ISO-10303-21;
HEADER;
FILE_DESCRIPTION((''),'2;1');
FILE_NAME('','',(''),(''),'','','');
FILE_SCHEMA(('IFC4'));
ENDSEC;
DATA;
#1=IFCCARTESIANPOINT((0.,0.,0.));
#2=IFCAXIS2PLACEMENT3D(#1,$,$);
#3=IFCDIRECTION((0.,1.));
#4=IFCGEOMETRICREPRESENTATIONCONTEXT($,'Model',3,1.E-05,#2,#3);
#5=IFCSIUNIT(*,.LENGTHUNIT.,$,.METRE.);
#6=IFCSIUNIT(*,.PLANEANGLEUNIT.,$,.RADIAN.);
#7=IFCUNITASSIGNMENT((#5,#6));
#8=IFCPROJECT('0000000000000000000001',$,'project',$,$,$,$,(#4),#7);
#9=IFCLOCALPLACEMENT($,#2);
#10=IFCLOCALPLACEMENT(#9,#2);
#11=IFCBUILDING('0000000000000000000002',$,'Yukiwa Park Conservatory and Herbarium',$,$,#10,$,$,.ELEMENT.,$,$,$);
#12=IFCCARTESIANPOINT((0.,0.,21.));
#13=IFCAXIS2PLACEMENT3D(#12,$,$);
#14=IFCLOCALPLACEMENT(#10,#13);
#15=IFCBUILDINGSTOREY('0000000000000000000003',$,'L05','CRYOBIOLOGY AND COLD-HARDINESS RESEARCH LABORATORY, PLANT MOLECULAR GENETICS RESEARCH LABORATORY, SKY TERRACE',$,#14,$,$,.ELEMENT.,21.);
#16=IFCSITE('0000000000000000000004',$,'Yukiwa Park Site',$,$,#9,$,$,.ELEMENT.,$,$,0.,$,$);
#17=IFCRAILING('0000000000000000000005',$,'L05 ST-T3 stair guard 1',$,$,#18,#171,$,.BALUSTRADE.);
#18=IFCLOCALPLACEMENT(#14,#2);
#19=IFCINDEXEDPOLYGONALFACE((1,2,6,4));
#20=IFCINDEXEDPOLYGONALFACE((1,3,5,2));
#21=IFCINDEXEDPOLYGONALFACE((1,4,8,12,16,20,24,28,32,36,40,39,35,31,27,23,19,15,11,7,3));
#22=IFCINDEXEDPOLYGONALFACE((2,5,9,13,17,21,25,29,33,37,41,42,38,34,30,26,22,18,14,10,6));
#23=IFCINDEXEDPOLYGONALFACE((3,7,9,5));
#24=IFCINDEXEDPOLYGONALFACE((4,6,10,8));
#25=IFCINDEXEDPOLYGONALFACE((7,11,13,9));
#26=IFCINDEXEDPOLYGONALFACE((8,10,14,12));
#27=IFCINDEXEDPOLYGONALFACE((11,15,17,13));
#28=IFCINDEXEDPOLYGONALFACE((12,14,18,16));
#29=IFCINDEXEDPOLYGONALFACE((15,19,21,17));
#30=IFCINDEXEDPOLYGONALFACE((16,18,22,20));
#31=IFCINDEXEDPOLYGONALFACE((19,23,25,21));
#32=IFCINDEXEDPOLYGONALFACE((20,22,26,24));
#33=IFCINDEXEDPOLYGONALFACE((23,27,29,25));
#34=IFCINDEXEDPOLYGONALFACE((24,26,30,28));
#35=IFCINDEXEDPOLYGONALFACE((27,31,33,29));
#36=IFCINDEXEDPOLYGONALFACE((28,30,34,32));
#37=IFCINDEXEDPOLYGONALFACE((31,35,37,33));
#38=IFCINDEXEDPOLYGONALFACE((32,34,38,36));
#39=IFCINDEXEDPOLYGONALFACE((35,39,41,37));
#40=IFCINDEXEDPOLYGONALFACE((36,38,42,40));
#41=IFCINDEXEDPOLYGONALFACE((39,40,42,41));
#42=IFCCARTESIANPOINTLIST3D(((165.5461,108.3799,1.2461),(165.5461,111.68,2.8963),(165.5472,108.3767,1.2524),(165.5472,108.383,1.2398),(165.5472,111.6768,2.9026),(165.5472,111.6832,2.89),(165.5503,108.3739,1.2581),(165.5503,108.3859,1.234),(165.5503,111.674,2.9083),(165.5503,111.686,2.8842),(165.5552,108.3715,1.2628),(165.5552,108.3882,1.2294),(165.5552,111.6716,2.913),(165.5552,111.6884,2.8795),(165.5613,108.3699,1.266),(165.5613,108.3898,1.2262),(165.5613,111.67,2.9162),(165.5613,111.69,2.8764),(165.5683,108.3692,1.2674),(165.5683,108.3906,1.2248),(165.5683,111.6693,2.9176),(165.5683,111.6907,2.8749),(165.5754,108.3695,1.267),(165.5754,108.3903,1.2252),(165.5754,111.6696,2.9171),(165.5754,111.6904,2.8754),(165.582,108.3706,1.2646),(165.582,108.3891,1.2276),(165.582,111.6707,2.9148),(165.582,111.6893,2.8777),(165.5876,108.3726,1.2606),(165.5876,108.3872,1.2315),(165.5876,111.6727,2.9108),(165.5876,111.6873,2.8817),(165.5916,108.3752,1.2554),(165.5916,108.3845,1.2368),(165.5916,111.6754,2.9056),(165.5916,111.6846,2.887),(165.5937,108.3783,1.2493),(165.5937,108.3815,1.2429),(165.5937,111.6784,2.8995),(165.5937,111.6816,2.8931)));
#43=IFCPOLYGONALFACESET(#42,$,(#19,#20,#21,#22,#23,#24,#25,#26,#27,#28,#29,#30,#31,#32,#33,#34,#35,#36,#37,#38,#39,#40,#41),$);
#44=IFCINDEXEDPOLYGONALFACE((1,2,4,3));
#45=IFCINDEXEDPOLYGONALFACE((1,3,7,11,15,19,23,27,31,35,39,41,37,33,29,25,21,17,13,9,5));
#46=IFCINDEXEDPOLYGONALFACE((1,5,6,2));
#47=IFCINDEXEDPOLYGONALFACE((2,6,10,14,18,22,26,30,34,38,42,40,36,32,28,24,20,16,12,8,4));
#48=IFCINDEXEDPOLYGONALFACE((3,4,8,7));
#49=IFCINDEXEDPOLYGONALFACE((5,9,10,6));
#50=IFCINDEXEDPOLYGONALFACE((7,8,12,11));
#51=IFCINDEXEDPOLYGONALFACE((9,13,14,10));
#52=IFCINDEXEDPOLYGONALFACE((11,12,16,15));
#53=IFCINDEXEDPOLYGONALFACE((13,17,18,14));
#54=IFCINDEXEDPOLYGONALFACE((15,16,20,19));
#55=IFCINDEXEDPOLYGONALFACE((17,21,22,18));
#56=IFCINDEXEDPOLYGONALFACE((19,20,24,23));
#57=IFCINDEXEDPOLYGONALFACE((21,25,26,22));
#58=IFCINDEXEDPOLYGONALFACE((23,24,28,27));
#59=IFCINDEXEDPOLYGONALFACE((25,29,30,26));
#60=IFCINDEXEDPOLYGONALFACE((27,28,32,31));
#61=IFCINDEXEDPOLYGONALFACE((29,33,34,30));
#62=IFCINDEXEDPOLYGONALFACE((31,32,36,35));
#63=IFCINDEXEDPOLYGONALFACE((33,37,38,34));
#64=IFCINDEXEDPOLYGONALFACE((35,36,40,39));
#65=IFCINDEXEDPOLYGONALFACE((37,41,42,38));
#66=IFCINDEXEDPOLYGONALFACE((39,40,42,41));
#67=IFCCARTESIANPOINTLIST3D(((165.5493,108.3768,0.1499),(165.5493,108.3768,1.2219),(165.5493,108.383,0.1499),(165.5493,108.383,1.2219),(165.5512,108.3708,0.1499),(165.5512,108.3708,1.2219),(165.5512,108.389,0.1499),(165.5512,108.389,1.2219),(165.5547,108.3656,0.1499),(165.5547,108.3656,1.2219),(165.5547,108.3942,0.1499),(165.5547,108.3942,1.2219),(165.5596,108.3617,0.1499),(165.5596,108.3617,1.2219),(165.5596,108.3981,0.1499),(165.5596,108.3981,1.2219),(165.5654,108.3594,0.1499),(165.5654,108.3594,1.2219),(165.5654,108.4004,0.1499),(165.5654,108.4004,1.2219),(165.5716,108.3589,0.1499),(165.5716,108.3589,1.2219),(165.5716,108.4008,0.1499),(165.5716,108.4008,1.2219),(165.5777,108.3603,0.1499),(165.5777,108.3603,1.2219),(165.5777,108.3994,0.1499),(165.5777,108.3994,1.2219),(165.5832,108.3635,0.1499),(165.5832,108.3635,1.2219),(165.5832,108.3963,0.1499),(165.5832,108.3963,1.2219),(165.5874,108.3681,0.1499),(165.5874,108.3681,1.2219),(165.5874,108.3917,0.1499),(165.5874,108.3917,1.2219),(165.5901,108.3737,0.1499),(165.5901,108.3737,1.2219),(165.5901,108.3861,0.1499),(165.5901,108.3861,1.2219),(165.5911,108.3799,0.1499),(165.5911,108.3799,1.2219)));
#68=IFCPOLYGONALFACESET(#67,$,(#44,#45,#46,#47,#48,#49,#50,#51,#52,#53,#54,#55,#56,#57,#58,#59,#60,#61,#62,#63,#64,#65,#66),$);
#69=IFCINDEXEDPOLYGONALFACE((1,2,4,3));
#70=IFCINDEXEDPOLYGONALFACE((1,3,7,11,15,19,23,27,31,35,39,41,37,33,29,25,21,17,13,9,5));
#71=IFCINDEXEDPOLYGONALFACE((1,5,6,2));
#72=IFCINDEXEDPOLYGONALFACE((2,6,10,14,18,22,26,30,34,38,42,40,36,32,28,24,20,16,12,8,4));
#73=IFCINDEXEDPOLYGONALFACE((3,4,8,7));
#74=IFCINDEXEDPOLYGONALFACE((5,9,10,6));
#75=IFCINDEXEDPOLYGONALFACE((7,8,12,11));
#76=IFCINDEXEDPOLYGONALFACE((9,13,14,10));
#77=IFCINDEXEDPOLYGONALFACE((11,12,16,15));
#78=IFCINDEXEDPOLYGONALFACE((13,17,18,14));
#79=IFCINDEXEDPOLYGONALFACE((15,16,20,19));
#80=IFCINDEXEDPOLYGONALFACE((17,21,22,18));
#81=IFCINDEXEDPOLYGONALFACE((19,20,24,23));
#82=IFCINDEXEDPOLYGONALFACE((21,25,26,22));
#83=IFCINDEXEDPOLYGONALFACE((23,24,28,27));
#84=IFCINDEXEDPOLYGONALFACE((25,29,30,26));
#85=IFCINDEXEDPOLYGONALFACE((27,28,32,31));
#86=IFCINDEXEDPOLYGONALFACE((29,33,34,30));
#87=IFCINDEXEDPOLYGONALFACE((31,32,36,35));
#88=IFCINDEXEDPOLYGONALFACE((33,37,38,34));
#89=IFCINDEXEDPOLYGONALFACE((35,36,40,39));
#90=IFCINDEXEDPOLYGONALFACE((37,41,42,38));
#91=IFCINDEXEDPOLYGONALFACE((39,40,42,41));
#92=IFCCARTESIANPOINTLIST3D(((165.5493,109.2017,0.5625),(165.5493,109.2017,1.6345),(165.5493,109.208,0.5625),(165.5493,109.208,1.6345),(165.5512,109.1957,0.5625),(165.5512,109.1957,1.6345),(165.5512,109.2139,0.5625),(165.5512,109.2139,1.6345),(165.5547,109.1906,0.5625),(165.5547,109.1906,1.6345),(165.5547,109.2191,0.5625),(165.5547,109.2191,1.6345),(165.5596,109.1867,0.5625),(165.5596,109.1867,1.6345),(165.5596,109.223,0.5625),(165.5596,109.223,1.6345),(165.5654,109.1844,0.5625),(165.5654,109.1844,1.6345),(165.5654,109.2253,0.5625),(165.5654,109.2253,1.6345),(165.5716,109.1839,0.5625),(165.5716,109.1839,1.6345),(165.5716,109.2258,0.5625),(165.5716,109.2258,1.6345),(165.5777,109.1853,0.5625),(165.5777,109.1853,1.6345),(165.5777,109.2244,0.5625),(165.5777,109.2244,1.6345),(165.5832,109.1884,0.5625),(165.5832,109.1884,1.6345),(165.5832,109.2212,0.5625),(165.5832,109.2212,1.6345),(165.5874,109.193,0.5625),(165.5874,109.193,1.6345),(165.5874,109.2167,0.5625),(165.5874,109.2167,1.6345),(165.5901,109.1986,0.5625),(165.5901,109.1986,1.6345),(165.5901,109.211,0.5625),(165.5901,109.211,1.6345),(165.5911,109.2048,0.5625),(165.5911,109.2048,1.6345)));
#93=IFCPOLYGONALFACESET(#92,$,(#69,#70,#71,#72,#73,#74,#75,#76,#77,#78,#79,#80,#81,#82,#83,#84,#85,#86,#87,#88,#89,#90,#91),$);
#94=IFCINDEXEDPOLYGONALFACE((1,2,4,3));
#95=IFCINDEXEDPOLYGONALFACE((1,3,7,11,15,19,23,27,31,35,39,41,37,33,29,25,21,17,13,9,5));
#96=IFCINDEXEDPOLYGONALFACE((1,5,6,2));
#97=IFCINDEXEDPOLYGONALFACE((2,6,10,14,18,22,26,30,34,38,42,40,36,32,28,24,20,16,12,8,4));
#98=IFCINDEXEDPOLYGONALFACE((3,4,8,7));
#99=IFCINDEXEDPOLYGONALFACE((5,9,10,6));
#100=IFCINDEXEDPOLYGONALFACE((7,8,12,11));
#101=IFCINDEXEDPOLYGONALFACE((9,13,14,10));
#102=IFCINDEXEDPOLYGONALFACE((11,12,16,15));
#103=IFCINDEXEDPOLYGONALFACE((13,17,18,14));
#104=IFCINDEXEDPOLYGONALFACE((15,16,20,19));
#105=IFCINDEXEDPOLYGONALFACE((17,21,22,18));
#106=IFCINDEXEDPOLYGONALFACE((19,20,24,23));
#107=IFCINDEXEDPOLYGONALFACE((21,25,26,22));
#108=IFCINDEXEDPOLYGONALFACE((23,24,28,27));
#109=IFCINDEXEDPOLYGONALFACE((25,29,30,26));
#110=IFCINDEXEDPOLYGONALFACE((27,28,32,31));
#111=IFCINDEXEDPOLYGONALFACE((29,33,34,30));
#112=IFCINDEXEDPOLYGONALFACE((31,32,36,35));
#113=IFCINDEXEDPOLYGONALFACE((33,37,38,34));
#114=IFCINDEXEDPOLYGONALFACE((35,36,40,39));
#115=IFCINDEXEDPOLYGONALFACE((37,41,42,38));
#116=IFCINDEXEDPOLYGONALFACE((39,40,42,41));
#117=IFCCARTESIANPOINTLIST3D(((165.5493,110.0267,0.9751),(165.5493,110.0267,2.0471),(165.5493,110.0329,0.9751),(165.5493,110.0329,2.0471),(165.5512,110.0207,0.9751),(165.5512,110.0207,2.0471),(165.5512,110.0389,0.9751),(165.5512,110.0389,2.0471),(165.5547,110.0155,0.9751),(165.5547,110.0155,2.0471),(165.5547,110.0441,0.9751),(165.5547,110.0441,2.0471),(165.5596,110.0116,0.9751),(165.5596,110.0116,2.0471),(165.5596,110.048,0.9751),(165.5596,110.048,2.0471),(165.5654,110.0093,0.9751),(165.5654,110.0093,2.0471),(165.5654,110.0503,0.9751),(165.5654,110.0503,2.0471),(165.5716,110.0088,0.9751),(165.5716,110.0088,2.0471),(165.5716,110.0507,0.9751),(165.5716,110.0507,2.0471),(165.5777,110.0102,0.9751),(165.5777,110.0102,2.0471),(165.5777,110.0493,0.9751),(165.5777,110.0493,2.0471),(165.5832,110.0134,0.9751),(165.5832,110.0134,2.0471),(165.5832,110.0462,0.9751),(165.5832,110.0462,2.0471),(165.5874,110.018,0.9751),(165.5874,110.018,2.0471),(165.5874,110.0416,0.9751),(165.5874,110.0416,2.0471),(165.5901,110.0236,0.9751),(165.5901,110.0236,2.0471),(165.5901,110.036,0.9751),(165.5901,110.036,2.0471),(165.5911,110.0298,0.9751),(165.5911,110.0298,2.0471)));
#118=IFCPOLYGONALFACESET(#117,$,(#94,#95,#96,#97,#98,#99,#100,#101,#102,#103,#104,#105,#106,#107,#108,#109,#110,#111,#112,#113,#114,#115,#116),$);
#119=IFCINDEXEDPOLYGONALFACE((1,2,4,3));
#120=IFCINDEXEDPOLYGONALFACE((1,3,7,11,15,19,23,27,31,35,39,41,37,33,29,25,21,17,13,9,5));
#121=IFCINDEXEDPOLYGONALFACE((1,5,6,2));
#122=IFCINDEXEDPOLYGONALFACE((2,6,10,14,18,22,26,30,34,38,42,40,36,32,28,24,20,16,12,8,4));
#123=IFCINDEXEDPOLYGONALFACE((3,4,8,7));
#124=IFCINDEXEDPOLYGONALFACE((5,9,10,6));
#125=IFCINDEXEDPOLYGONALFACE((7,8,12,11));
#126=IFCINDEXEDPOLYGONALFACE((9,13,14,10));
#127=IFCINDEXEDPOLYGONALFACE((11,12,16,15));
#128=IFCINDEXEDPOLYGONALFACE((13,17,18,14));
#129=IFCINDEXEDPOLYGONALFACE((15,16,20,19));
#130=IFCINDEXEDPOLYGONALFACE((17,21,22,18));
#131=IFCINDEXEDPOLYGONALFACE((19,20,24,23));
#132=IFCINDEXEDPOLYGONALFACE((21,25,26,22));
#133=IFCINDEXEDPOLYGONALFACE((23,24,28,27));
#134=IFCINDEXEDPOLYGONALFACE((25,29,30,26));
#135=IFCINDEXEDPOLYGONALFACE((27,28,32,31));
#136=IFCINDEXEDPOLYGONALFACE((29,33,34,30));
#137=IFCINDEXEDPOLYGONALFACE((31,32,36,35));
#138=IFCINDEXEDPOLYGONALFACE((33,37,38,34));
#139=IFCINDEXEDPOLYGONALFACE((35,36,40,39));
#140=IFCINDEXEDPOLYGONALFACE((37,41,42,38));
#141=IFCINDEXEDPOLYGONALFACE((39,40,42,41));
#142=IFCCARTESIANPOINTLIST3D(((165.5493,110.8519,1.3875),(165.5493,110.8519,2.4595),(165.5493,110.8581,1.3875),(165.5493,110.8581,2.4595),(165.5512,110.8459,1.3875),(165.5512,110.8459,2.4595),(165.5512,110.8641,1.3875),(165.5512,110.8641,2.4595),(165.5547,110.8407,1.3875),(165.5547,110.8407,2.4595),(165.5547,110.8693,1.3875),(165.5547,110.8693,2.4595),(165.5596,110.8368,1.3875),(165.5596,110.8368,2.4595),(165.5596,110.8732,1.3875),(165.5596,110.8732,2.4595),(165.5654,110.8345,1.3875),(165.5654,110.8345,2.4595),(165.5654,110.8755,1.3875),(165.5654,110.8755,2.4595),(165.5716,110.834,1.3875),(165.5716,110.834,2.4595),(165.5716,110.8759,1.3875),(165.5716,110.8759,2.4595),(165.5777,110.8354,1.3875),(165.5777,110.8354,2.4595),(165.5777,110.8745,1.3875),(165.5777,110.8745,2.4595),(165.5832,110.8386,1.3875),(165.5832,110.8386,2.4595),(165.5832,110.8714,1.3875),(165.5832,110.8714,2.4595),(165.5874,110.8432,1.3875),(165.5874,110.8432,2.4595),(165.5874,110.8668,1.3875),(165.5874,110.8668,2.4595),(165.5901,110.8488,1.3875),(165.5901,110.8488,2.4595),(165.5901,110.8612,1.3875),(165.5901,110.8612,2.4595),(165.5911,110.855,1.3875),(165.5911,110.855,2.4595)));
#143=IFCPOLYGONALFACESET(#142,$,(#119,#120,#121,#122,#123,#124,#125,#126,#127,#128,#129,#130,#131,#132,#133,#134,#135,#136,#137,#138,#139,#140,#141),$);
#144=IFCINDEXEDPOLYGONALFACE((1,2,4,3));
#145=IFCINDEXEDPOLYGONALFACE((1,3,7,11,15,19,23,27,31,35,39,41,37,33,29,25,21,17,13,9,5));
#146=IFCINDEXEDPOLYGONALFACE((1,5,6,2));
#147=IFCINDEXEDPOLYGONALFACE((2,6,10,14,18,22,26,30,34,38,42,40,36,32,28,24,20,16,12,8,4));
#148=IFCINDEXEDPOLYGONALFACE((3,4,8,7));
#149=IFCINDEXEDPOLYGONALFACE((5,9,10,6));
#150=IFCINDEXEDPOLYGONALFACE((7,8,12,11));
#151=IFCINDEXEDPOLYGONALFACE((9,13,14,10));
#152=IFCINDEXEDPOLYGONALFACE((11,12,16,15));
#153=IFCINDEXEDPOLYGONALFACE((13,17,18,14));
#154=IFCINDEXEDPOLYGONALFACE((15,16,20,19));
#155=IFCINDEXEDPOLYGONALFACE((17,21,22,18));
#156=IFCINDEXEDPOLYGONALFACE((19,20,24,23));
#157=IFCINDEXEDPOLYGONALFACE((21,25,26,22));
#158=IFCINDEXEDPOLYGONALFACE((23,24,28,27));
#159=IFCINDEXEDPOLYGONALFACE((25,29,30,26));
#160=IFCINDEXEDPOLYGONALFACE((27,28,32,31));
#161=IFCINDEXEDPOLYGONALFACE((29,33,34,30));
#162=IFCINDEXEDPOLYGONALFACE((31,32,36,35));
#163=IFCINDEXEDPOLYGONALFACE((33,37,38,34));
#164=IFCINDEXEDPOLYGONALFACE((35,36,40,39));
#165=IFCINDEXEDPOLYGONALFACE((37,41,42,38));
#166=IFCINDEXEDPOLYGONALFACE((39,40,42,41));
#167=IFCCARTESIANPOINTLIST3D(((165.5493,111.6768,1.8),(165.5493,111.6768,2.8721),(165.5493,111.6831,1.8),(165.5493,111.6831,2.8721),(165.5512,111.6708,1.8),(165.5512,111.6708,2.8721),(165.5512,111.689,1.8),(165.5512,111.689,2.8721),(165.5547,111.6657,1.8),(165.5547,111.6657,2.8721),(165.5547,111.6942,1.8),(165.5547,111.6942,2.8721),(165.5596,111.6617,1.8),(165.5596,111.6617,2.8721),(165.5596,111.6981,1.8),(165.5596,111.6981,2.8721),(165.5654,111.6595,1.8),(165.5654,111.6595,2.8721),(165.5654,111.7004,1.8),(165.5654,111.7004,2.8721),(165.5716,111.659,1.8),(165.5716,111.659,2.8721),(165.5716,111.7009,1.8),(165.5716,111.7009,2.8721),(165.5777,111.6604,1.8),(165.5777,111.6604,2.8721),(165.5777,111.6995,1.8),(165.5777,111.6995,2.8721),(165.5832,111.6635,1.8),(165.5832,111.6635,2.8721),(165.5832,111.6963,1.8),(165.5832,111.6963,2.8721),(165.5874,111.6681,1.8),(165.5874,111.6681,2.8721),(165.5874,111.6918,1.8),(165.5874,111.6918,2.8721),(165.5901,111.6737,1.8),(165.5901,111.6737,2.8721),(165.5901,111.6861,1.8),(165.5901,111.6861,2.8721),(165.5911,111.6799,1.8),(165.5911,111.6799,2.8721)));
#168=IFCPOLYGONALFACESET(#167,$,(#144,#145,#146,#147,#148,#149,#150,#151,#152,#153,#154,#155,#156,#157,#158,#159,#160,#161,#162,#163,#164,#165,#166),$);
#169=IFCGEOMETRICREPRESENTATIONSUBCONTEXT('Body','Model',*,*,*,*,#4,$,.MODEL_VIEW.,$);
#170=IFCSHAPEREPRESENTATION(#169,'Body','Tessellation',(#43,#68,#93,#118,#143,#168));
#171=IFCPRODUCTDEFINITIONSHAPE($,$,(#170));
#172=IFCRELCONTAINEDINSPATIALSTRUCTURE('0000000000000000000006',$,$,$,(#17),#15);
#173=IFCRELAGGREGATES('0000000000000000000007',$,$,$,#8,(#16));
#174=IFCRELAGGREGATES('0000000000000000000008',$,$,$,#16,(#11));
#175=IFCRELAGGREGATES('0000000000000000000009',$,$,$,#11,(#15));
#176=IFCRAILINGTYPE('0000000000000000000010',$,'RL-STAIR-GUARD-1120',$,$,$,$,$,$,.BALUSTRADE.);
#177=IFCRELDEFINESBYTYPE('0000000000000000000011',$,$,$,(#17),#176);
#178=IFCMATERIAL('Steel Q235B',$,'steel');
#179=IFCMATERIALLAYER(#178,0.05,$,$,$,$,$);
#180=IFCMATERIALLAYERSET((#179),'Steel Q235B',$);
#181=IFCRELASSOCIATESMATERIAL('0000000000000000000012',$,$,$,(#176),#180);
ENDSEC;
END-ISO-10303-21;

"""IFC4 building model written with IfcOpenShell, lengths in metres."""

from ifc_helpers import new_model, si_unit, direction, frame, origin, origin_2d, place, context, subcontext, project, spatial, circle, extrude, material, layer, layer_set, type_object, element, save


model = new_model("IFC4")

# Units and contexts
model_context = context("Model", 3, precision=1e-05, world=origin(), true_north=direction((0.0, 1.0)))
body_context = subcontext(model_context, "Body", "Model", "MODEL_VIEW")
ifc_project = project(units=[si_unit("LENGTHUNIT", "METRE"), si_unit("PLANEANGLEUNIT", "RADIAN")], contexts=[model_context])

# Site, building, storey
site_placement = place(None, origin())
site = spatial("IfcSite", under=ifc_project, at=site_placement, Name="Yukiwa Park Site", CompositionType="ELEMENT", RefElevation=0.0)
building_placement = place(site_placement, origin())
building = spatial("IfcBuilding", under=site, at=building_placement, Name="Yukiwa Park Conservatory and Herbarium", CompositionType="ELEMENT")
storey_placement = place(building_placement, frame((0.0, 0.0, 21.0)))
storey = spatial("IfcBuildingStorey", under=building, at=storey_placement, Name="L05", Description="CRYOBIOLOGY AND COLD-HARDINESS RESEARCH LABORATORY, PLANT MOLECULAR GENETICS RESEARCH LABORATORY, SKY TERRACE", CompositionType="ELEMENT", Elevation=21.0)

# Railing
ifc_material_1 = material(Name="Steel Q235B", Category="steel")
ifc_layer_1 = layer(ifc_material_1, 0.05)
ifc_layer_set_1 = layer_set([ifc_layer_1], Name="Steel Q235B")
railing_type_1 = type_object("IfcRailingType", Name="RL-STAIR-GUARD-1120", PredefinedType="BALUSTRADE", material=ifc_layer_set_1)
railing_1_placement = place(storey_placement, frame((165.5701, 108.3799, 0.1499)))
element("IfcRailing", 1, at=railing_1_placement, inside=storey, type_object=railing_type_1, Name="L05 ST-T3 stair guard 1", PredefinedType="BALUSTRADE", context=body_context, shape_type="SweptSolid", body=[
    extrude(circle(Radius=0.0239, at=origin_2d()), frame((0.0, 0.0, 1.0962), z_axis=(0.0, 0.894414, 0.44724), x_axis=(-1.0, 0.0, 0.0)), (0.0, 0.0, 1.0), 3.6897),
    extrude(circle(Radius=0.021, at=origin_2d()), origin(), (0.0, 0.0, 1.0), 1.072),
    extrude(circle(Radius=0.021, at=origin_2d()), frame((0.0, 0.825, 0.4126)), (0.0, 0.0, 1.0), 1.072),
    extrude(circle(Radius=0.021, at=origin_2d()), frame((0.0, 1.6499, 0.8252)), (0.0, 0.0, 1.0), 1.072),
    extrude(circle(Radius=0.021, at=origin_2d()), frame((0.0, 2.4751, 1.2375)), (0.0, 0.0, 1.0), 1.072),
    extrude(circle(Radius=0.021, at=origin_2d()), frame((0.0, 3.3, 1.6501)), (0.0, 0.0, 1.0), 1.072),
])

save(model, "model.ifc")
